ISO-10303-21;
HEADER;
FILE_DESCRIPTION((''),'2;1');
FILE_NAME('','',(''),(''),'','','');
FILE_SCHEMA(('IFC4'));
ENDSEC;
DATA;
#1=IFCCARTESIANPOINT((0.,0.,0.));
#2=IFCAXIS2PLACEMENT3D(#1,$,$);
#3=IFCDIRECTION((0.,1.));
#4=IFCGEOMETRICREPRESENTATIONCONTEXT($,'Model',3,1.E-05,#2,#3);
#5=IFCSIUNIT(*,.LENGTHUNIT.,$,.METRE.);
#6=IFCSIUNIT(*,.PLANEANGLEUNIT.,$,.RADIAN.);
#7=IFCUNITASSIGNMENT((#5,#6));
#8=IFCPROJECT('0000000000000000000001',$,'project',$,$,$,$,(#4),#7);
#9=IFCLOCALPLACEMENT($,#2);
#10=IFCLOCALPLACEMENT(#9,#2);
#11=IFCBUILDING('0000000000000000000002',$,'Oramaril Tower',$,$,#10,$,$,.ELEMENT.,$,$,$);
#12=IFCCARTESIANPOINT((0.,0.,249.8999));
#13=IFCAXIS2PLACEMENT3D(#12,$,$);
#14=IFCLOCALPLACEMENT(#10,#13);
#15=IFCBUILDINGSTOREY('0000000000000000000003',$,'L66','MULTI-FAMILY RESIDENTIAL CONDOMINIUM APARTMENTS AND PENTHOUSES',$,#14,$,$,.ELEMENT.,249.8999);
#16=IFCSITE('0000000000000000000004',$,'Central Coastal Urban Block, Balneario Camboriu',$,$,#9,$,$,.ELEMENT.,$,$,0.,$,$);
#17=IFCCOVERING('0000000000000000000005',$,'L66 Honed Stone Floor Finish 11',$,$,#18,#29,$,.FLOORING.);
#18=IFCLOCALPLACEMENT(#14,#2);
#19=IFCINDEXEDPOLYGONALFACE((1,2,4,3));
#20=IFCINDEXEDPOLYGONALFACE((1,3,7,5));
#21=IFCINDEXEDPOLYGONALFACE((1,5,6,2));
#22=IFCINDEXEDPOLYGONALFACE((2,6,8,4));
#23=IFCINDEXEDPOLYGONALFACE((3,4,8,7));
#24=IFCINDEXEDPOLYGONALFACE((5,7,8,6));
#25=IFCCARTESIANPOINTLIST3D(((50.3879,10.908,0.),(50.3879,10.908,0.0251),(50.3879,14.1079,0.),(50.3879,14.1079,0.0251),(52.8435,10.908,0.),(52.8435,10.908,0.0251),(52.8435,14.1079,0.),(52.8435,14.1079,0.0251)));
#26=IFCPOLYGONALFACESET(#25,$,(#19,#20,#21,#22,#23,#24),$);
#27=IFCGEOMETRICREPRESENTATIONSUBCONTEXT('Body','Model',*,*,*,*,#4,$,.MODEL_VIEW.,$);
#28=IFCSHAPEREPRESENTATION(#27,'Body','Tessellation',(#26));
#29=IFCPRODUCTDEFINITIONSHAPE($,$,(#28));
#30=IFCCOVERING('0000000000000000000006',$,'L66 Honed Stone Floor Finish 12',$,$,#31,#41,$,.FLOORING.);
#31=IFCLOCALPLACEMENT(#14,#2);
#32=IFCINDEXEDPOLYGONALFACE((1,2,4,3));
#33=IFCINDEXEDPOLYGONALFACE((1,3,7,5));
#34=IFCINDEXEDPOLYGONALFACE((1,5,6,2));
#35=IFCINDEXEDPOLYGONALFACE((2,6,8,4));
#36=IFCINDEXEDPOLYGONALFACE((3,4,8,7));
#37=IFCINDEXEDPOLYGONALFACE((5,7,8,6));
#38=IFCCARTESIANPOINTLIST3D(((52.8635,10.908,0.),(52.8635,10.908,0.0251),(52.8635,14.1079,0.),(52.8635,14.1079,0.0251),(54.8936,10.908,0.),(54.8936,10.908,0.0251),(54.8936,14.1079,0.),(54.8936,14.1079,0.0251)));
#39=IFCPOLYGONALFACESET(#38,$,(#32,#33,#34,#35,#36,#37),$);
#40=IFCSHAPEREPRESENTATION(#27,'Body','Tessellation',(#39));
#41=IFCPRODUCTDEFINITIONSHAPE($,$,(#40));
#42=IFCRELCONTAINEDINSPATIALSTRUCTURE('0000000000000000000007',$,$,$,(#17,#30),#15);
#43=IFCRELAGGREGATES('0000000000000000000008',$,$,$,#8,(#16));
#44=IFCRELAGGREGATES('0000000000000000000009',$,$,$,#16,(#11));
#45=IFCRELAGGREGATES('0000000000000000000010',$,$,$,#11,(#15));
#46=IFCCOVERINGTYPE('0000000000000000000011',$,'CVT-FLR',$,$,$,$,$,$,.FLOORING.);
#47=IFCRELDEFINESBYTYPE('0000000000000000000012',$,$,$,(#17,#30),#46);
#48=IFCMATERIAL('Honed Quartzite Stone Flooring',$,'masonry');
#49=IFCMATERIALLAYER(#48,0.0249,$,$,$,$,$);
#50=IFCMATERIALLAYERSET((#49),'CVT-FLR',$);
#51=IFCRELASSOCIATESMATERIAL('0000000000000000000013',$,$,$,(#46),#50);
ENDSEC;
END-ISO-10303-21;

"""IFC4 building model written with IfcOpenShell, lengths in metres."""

from ifc_helpers import new_model, si_unit, direction, frame, origin, place, context, subcontext, project, spatial, polyline, outline, extrude, material, layer, layer_set, type_object, element, save


model = new_model("IFC4")

# Units and contexts
model_context = context("Model", 3, precision=1e-05, world=origin(), true_north=direction((0.0, 1.0)))
body_context = subcontext(model_context, "Body", "Model", "MODEL_VIEW")
ifc_project = project(units=[si_unit("LENGTHUNIT", "METRE"), si_unit("PLANEANGLEUNIT", "RADIAN")], contexts=[model_context])

# Site, building, storey
site_placement = place(None, origin())
site = spatial("IfcSite", under=ifc_project, at=site_placement, Name="Central Coastal Urban Block, Balneario Camboriu", CompositionType="ELEMENT", RefElevation=0.0)
building_placement = place(site_placement, origin())
building = spatial("IfcBuilding", under=site, at=building_placement, Name="Oramaril Tower", CompositionType="ELEMENT")
storey_placement = place(building_placement, frame((0.0, 0.0, 249.8999)))
storey = spatial("IfcBuildingStorey", under=building, at=storey_placement, Name="L66", Description="MULTI-FAMILY RESIDENTIAL CONDOMINIUM APARTMENTS AND PENTHOUSES", CompositionType="ELEMENT", Elevation=249.8999)

# Coverings
ifc_material_1 = material(Name="Honed Quartzite Stone Flooring", Category="masonry")
ifc_layer_1 = layer(ifc_material_1, 0.0249)
ifc_layer_set_1 = layer_set([ifc_layer_1], Name="CVT-FLR")
covering_type_1 = type_object("IfcCoveringType", Name="CVT-FLR", PredefinedType="FLOORING", material=ifc_layer_set_1)
covering_1_placement = place(storey_placement, origin())
element("IfcCovering", 1, at=covering_1_placement, inside=storey, type_object=covering_type_1, Name="L66 Honed Stone Floor Finish 11", PredefinedType="FLOORING", context=body_context, shape_type="SweptSolid", body=[
    extrude(outline(polyline([(50.3879, 10.908), (50.3879, 14.1079), (52.8435, 14.1079), (52.8435, 10.908), (50.3879, 10.908)])), origin(), (0.0, 0.0, 1.0), 0.0251),
])
covering_2_placement = place(storey_placement, origin())
element("IfcCovering", 2, at=covering_2_placement, inside=storey, type_object=covering_type_1, Name="L66 Honed Stone Floor Finish 12", PredefinedType="FLOORING", context=body_context, shape_type="SweptSolid", body=[
    extrude(outline(polyline([(52.8635, 10.908), (52.8635, 14.1079), (54.8936, 14.1079), (54.8936, 10.908), (52.8635, 10.908)])), origin(), (0.0, 0.0, 1.0), 0.0251),
])

save(model, "model.ifc")
